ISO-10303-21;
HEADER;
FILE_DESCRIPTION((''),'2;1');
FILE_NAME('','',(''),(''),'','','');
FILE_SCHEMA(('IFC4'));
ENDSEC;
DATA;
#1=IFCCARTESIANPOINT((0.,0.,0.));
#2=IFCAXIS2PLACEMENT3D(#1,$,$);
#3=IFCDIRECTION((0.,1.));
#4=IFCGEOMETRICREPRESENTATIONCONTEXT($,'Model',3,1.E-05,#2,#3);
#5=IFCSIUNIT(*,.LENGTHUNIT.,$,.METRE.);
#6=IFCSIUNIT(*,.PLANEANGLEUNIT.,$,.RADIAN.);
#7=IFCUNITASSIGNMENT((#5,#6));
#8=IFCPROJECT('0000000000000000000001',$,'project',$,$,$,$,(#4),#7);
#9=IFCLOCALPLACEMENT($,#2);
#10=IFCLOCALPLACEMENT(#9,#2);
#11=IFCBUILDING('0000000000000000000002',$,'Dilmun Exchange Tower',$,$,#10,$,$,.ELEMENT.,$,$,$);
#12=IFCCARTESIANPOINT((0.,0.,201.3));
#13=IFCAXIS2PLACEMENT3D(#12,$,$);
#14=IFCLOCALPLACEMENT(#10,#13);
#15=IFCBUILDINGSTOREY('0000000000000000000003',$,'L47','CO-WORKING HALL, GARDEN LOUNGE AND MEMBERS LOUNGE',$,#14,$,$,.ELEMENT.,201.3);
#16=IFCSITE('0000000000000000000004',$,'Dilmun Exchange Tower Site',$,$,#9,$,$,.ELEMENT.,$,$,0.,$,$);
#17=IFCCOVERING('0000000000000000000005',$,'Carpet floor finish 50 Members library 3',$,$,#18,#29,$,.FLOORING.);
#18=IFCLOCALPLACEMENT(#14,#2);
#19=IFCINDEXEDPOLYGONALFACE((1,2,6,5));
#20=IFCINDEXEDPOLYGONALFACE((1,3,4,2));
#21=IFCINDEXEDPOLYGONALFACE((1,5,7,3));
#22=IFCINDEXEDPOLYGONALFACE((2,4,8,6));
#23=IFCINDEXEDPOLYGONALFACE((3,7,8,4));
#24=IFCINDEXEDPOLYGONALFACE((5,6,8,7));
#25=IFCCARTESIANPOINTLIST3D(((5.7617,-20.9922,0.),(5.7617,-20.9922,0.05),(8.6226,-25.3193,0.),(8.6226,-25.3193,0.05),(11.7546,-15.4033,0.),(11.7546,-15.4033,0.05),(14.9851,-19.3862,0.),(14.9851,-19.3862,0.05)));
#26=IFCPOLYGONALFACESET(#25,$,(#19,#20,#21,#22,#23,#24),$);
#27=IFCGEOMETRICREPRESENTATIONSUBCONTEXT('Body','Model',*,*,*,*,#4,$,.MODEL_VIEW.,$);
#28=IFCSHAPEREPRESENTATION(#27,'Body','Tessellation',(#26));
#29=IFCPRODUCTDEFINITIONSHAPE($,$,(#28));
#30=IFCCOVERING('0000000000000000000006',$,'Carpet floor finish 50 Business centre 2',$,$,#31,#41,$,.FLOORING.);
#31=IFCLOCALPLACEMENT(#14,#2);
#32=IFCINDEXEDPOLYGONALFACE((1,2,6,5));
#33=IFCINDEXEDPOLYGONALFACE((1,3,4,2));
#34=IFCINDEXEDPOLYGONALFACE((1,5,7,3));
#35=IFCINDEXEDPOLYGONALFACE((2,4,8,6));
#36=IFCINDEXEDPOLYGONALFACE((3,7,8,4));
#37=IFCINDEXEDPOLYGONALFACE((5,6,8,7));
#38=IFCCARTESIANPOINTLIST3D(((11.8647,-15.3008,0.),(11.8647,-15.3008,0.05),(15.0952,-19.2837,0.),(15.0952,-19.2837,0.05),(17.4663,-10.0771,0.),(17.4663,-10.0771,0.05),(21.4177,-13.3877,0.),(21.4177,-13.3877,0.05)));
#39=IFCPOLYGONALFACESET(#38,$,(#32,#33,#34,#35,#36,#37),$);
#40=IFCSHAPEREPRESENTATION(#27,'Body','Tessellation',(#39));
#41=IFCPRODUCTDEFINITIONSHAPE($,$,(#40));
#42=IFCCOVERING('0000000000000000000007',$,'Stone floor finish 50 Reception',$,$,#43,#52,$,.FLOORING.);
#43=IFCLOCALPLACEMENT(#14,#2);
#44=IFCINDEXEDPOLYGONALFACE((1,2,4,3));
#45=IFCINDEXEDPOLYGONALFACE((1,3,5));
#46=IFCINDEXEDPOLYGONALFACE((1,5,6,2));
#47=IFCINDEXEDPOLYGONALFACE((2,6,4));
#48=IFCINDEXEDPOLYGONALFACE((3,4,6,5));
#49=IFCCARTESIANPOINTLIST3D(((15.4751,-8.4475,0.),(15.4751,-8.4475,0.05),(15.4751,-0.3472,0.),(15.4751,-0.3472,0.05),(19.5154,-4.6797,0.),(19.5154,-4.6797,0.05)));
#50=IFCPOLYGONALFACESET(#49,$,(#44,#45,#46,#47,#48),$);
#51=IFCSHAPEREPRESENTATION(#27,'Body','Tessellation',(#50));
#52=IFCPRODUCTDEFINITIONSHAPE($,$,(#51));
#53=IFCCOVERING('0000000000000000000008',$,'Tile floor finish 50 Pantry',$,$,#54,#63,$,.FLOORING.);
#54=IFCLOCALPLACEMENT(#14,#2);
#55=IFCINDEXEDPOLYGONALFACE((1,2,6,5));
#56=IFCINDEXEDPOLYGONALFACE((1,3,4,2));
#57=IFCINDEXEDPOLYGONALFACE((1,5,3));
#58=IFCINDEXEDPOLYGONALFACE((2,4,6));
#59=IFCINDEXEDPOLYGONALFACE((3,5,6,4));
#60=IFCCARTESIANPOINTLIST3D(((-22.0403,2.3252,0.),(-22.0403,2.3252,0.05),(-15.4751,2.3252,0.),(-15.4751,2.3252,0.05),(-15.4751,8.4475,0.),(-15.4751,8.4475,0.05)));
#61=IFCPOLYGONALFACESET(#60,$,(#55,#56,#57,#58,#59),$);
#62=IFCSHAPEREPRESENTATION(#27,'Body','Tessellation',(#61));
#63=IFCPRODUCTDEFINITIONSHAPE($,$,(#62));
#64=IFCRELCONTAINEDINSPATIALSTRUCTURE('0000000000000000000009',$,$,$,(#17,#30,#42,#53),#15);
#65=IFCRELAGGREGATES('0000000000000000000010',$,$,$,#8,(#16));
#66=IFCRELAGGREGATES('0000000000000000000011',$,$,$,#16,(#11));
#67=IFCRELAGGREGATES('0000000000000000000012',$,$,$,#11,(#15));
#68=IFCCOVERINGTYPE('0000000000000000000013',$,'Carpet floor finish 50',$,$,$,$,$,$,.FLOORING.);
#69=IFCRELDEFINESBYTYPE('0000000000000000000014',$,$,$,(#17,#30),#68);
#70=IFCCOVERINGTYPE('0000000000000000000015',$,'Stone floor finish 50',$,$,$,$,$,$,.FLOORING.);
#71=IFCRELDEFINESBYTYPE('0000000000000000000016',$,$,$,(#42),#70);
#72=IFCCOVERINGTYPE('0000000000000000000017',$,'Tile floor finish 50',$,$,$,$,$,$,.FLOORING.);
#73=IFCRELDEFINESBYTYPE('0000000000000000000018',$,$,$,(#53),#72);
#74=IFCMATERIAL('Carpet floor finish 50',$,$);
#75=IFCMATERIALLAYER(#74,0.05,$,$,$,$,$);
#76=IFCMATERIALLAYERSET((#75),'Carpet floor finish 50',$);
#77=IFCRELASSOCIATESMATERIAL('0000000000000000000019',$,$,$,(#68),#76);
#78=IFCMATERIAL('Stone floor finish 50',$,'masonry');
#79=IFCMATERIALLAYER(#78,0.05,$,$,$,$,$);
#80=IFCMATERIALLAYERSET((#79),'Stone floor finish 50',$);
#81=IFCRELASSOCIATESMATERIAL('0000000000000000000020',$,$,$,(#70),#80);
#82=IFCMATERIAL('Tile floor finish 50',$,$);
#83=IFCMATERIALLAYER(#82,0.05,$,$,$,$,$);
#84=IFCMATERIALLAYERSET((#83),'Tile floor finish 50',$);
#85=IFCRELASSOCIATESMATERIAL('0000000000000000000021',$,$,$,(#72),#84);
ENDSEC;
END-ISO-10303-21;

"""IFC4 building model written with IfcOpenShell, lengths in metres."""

from ifc_helpers import new_model, si_unit, direction, frame, origin, place, context, subcontext, project, spatial, polyline, outline, extrude, material, layer, layer_set, type_object, element, save


model = new_model("IFC4")

# Units and contexts
model_context = context("Model", 3, precision=1e-05, world=origin(), true_north=direction((0.0, 1.0)))
body_context = subcontext(model_context, "Body", "Model", "MODEL_VIEW")
ifc_project = project(units=[si_unit("LENGTHUNIT", "METRE"), si_unit("PLANEANGLEUNIT", "RADIAN")], contexts=[model_context])

# Site, building, storey
site_placement = place(None, origin())
site = spatial("IfcSite", under=ifc_project, at=site_placement, Name="Dilmun Exchange Tower Site", CompositionType="ELEMENT", RefElevation=0.0)
building_placement = place(site_placement, origin())
building = spatial("IfcBuilding", under=site, at=building_placement, Name="Dilmun Exchange Tower", CompositionType="ELEMENT")
storey_placement = place(building_placement, frame((0.0, 0.0, 201.3)))
storey = spatial("IfcBuildingStorey", under=building, at=storey_placement, Name="L47", Description="CO-WORKING HALL, GARDEN LOUNGE AND MEMBERS LOUNGE", CompositionType="ELEMENT", Elevation=201.3)

# Coverings
ifc_material_1 = material(Name="Carpet floor finish 50")
ifc_layer_1 = layer(ifc_material_1, 0.05)
ifc_layer_set_1 = layer_set([ifc_layer_1], Name="Carpet floor finish 50")
covering_type_1 = type_object("IfcCoveringType", Name="Carpet floor finish 50", PredefinedType="FLOORING", material=ifc_layer_set_1)
covering_1_placement = place(storey_placement, origin())
element("IfcCovering", 1, at=covering_1_placement, inside=storey, type_object=covering_type_1, Name="Carpet floor finish 50 Members library 3", PredefinedType="FLOORING", context=body_context, shape_type="SweptSolid", body=[
    extrude(outline(polyline([(5.7617, -20.9922), (11.7546, -15.4033), (14.9851, -19.3862), (8.6226, -25.3193), (5.7617, -20.9922)])), origin(), (0.0, 0.0, 1.0), 0.05),
])
covering_2_placement = place(storey_placement, origin())
element("IfcCovering", 2, at=covering_2_placement, inside=storey, type_object=covering_type_1, Name="Carpet floor finish 50 Business centre 2", PredefinedType="FLOORING", context=body_context, shape_type="SweptSolid", body=[
    extrude(outline(polyline([(11.8647, -15.3008), (17.4663, -10.0771), (21.4177, -13.3877), (15.0952, -19.2837), (11.8647, -15.3008)])), origin(), (0.0, 0.0, 1.0), 0.05),
])
ifc_material_2 = material(Name="Stone floor finish 50", Category="masonry")
ifc_layer_2 = layer(ifc_material_2, 0.05)
ifc_layer_set_2 = layer_set([ifc_layer_2], Name="Stone floor finish 50")
covering_type_2 = type_object("IfcCoveringType", Name="Stone floor finish 50", PredefinedType="FLOORING", material=ifc_layer_set_2)
covering_3_placement = place(storey_placement, origin())
element("IfcCovering", 3, at=covering_3_placement, inside=storey, type_object=covering_type_2, Name="Stone floor finish 50 Reception", PredefinedType="FLOORING", context=body_context, shape_type="SweptSolid", body=[
    extrude(outline(polyline([(15.4751, -8.4475), (15.4751, -0.3472), (19.5154, -4.6797), (15.4751, -8.4475)])), origin(), (0.0, 0.0, 1.0), 0.05),
])
ifc_material_3 = material(Name="Tile floor finish 50")
ifc_layer_3 = layer(ifc_material_3, 0.05)
ifc_layer_set_3 = layer_set([ifc_layer_3], Name="Tile floor finish 50")
covering_type_3 = type_object("IfcCoveringType", Name="Tile floor finish 50", PredefinedType="FLOORING", material=ifc_layer_set_3)
covering_4_placement = place(storey_placement, origin())
element("IfcCovering", 4, at=covering_4_placement, inside=storey, type_object=covering_type_3, Name="Tile floor finish 50 Pantry", PredefinedType="FLOORING", context=body_context, shape_type="SweptSolid", body=[
    extrude(outline(polyline([(-15.4751, 8.4475), (-15.4751, 2.3252), (-22.0403, 2.3252), (-15.4751, 8.4475)])), origin(), (0.0, 0.0, 1.0), 0.05),
])

save(model, "model.ifc")
